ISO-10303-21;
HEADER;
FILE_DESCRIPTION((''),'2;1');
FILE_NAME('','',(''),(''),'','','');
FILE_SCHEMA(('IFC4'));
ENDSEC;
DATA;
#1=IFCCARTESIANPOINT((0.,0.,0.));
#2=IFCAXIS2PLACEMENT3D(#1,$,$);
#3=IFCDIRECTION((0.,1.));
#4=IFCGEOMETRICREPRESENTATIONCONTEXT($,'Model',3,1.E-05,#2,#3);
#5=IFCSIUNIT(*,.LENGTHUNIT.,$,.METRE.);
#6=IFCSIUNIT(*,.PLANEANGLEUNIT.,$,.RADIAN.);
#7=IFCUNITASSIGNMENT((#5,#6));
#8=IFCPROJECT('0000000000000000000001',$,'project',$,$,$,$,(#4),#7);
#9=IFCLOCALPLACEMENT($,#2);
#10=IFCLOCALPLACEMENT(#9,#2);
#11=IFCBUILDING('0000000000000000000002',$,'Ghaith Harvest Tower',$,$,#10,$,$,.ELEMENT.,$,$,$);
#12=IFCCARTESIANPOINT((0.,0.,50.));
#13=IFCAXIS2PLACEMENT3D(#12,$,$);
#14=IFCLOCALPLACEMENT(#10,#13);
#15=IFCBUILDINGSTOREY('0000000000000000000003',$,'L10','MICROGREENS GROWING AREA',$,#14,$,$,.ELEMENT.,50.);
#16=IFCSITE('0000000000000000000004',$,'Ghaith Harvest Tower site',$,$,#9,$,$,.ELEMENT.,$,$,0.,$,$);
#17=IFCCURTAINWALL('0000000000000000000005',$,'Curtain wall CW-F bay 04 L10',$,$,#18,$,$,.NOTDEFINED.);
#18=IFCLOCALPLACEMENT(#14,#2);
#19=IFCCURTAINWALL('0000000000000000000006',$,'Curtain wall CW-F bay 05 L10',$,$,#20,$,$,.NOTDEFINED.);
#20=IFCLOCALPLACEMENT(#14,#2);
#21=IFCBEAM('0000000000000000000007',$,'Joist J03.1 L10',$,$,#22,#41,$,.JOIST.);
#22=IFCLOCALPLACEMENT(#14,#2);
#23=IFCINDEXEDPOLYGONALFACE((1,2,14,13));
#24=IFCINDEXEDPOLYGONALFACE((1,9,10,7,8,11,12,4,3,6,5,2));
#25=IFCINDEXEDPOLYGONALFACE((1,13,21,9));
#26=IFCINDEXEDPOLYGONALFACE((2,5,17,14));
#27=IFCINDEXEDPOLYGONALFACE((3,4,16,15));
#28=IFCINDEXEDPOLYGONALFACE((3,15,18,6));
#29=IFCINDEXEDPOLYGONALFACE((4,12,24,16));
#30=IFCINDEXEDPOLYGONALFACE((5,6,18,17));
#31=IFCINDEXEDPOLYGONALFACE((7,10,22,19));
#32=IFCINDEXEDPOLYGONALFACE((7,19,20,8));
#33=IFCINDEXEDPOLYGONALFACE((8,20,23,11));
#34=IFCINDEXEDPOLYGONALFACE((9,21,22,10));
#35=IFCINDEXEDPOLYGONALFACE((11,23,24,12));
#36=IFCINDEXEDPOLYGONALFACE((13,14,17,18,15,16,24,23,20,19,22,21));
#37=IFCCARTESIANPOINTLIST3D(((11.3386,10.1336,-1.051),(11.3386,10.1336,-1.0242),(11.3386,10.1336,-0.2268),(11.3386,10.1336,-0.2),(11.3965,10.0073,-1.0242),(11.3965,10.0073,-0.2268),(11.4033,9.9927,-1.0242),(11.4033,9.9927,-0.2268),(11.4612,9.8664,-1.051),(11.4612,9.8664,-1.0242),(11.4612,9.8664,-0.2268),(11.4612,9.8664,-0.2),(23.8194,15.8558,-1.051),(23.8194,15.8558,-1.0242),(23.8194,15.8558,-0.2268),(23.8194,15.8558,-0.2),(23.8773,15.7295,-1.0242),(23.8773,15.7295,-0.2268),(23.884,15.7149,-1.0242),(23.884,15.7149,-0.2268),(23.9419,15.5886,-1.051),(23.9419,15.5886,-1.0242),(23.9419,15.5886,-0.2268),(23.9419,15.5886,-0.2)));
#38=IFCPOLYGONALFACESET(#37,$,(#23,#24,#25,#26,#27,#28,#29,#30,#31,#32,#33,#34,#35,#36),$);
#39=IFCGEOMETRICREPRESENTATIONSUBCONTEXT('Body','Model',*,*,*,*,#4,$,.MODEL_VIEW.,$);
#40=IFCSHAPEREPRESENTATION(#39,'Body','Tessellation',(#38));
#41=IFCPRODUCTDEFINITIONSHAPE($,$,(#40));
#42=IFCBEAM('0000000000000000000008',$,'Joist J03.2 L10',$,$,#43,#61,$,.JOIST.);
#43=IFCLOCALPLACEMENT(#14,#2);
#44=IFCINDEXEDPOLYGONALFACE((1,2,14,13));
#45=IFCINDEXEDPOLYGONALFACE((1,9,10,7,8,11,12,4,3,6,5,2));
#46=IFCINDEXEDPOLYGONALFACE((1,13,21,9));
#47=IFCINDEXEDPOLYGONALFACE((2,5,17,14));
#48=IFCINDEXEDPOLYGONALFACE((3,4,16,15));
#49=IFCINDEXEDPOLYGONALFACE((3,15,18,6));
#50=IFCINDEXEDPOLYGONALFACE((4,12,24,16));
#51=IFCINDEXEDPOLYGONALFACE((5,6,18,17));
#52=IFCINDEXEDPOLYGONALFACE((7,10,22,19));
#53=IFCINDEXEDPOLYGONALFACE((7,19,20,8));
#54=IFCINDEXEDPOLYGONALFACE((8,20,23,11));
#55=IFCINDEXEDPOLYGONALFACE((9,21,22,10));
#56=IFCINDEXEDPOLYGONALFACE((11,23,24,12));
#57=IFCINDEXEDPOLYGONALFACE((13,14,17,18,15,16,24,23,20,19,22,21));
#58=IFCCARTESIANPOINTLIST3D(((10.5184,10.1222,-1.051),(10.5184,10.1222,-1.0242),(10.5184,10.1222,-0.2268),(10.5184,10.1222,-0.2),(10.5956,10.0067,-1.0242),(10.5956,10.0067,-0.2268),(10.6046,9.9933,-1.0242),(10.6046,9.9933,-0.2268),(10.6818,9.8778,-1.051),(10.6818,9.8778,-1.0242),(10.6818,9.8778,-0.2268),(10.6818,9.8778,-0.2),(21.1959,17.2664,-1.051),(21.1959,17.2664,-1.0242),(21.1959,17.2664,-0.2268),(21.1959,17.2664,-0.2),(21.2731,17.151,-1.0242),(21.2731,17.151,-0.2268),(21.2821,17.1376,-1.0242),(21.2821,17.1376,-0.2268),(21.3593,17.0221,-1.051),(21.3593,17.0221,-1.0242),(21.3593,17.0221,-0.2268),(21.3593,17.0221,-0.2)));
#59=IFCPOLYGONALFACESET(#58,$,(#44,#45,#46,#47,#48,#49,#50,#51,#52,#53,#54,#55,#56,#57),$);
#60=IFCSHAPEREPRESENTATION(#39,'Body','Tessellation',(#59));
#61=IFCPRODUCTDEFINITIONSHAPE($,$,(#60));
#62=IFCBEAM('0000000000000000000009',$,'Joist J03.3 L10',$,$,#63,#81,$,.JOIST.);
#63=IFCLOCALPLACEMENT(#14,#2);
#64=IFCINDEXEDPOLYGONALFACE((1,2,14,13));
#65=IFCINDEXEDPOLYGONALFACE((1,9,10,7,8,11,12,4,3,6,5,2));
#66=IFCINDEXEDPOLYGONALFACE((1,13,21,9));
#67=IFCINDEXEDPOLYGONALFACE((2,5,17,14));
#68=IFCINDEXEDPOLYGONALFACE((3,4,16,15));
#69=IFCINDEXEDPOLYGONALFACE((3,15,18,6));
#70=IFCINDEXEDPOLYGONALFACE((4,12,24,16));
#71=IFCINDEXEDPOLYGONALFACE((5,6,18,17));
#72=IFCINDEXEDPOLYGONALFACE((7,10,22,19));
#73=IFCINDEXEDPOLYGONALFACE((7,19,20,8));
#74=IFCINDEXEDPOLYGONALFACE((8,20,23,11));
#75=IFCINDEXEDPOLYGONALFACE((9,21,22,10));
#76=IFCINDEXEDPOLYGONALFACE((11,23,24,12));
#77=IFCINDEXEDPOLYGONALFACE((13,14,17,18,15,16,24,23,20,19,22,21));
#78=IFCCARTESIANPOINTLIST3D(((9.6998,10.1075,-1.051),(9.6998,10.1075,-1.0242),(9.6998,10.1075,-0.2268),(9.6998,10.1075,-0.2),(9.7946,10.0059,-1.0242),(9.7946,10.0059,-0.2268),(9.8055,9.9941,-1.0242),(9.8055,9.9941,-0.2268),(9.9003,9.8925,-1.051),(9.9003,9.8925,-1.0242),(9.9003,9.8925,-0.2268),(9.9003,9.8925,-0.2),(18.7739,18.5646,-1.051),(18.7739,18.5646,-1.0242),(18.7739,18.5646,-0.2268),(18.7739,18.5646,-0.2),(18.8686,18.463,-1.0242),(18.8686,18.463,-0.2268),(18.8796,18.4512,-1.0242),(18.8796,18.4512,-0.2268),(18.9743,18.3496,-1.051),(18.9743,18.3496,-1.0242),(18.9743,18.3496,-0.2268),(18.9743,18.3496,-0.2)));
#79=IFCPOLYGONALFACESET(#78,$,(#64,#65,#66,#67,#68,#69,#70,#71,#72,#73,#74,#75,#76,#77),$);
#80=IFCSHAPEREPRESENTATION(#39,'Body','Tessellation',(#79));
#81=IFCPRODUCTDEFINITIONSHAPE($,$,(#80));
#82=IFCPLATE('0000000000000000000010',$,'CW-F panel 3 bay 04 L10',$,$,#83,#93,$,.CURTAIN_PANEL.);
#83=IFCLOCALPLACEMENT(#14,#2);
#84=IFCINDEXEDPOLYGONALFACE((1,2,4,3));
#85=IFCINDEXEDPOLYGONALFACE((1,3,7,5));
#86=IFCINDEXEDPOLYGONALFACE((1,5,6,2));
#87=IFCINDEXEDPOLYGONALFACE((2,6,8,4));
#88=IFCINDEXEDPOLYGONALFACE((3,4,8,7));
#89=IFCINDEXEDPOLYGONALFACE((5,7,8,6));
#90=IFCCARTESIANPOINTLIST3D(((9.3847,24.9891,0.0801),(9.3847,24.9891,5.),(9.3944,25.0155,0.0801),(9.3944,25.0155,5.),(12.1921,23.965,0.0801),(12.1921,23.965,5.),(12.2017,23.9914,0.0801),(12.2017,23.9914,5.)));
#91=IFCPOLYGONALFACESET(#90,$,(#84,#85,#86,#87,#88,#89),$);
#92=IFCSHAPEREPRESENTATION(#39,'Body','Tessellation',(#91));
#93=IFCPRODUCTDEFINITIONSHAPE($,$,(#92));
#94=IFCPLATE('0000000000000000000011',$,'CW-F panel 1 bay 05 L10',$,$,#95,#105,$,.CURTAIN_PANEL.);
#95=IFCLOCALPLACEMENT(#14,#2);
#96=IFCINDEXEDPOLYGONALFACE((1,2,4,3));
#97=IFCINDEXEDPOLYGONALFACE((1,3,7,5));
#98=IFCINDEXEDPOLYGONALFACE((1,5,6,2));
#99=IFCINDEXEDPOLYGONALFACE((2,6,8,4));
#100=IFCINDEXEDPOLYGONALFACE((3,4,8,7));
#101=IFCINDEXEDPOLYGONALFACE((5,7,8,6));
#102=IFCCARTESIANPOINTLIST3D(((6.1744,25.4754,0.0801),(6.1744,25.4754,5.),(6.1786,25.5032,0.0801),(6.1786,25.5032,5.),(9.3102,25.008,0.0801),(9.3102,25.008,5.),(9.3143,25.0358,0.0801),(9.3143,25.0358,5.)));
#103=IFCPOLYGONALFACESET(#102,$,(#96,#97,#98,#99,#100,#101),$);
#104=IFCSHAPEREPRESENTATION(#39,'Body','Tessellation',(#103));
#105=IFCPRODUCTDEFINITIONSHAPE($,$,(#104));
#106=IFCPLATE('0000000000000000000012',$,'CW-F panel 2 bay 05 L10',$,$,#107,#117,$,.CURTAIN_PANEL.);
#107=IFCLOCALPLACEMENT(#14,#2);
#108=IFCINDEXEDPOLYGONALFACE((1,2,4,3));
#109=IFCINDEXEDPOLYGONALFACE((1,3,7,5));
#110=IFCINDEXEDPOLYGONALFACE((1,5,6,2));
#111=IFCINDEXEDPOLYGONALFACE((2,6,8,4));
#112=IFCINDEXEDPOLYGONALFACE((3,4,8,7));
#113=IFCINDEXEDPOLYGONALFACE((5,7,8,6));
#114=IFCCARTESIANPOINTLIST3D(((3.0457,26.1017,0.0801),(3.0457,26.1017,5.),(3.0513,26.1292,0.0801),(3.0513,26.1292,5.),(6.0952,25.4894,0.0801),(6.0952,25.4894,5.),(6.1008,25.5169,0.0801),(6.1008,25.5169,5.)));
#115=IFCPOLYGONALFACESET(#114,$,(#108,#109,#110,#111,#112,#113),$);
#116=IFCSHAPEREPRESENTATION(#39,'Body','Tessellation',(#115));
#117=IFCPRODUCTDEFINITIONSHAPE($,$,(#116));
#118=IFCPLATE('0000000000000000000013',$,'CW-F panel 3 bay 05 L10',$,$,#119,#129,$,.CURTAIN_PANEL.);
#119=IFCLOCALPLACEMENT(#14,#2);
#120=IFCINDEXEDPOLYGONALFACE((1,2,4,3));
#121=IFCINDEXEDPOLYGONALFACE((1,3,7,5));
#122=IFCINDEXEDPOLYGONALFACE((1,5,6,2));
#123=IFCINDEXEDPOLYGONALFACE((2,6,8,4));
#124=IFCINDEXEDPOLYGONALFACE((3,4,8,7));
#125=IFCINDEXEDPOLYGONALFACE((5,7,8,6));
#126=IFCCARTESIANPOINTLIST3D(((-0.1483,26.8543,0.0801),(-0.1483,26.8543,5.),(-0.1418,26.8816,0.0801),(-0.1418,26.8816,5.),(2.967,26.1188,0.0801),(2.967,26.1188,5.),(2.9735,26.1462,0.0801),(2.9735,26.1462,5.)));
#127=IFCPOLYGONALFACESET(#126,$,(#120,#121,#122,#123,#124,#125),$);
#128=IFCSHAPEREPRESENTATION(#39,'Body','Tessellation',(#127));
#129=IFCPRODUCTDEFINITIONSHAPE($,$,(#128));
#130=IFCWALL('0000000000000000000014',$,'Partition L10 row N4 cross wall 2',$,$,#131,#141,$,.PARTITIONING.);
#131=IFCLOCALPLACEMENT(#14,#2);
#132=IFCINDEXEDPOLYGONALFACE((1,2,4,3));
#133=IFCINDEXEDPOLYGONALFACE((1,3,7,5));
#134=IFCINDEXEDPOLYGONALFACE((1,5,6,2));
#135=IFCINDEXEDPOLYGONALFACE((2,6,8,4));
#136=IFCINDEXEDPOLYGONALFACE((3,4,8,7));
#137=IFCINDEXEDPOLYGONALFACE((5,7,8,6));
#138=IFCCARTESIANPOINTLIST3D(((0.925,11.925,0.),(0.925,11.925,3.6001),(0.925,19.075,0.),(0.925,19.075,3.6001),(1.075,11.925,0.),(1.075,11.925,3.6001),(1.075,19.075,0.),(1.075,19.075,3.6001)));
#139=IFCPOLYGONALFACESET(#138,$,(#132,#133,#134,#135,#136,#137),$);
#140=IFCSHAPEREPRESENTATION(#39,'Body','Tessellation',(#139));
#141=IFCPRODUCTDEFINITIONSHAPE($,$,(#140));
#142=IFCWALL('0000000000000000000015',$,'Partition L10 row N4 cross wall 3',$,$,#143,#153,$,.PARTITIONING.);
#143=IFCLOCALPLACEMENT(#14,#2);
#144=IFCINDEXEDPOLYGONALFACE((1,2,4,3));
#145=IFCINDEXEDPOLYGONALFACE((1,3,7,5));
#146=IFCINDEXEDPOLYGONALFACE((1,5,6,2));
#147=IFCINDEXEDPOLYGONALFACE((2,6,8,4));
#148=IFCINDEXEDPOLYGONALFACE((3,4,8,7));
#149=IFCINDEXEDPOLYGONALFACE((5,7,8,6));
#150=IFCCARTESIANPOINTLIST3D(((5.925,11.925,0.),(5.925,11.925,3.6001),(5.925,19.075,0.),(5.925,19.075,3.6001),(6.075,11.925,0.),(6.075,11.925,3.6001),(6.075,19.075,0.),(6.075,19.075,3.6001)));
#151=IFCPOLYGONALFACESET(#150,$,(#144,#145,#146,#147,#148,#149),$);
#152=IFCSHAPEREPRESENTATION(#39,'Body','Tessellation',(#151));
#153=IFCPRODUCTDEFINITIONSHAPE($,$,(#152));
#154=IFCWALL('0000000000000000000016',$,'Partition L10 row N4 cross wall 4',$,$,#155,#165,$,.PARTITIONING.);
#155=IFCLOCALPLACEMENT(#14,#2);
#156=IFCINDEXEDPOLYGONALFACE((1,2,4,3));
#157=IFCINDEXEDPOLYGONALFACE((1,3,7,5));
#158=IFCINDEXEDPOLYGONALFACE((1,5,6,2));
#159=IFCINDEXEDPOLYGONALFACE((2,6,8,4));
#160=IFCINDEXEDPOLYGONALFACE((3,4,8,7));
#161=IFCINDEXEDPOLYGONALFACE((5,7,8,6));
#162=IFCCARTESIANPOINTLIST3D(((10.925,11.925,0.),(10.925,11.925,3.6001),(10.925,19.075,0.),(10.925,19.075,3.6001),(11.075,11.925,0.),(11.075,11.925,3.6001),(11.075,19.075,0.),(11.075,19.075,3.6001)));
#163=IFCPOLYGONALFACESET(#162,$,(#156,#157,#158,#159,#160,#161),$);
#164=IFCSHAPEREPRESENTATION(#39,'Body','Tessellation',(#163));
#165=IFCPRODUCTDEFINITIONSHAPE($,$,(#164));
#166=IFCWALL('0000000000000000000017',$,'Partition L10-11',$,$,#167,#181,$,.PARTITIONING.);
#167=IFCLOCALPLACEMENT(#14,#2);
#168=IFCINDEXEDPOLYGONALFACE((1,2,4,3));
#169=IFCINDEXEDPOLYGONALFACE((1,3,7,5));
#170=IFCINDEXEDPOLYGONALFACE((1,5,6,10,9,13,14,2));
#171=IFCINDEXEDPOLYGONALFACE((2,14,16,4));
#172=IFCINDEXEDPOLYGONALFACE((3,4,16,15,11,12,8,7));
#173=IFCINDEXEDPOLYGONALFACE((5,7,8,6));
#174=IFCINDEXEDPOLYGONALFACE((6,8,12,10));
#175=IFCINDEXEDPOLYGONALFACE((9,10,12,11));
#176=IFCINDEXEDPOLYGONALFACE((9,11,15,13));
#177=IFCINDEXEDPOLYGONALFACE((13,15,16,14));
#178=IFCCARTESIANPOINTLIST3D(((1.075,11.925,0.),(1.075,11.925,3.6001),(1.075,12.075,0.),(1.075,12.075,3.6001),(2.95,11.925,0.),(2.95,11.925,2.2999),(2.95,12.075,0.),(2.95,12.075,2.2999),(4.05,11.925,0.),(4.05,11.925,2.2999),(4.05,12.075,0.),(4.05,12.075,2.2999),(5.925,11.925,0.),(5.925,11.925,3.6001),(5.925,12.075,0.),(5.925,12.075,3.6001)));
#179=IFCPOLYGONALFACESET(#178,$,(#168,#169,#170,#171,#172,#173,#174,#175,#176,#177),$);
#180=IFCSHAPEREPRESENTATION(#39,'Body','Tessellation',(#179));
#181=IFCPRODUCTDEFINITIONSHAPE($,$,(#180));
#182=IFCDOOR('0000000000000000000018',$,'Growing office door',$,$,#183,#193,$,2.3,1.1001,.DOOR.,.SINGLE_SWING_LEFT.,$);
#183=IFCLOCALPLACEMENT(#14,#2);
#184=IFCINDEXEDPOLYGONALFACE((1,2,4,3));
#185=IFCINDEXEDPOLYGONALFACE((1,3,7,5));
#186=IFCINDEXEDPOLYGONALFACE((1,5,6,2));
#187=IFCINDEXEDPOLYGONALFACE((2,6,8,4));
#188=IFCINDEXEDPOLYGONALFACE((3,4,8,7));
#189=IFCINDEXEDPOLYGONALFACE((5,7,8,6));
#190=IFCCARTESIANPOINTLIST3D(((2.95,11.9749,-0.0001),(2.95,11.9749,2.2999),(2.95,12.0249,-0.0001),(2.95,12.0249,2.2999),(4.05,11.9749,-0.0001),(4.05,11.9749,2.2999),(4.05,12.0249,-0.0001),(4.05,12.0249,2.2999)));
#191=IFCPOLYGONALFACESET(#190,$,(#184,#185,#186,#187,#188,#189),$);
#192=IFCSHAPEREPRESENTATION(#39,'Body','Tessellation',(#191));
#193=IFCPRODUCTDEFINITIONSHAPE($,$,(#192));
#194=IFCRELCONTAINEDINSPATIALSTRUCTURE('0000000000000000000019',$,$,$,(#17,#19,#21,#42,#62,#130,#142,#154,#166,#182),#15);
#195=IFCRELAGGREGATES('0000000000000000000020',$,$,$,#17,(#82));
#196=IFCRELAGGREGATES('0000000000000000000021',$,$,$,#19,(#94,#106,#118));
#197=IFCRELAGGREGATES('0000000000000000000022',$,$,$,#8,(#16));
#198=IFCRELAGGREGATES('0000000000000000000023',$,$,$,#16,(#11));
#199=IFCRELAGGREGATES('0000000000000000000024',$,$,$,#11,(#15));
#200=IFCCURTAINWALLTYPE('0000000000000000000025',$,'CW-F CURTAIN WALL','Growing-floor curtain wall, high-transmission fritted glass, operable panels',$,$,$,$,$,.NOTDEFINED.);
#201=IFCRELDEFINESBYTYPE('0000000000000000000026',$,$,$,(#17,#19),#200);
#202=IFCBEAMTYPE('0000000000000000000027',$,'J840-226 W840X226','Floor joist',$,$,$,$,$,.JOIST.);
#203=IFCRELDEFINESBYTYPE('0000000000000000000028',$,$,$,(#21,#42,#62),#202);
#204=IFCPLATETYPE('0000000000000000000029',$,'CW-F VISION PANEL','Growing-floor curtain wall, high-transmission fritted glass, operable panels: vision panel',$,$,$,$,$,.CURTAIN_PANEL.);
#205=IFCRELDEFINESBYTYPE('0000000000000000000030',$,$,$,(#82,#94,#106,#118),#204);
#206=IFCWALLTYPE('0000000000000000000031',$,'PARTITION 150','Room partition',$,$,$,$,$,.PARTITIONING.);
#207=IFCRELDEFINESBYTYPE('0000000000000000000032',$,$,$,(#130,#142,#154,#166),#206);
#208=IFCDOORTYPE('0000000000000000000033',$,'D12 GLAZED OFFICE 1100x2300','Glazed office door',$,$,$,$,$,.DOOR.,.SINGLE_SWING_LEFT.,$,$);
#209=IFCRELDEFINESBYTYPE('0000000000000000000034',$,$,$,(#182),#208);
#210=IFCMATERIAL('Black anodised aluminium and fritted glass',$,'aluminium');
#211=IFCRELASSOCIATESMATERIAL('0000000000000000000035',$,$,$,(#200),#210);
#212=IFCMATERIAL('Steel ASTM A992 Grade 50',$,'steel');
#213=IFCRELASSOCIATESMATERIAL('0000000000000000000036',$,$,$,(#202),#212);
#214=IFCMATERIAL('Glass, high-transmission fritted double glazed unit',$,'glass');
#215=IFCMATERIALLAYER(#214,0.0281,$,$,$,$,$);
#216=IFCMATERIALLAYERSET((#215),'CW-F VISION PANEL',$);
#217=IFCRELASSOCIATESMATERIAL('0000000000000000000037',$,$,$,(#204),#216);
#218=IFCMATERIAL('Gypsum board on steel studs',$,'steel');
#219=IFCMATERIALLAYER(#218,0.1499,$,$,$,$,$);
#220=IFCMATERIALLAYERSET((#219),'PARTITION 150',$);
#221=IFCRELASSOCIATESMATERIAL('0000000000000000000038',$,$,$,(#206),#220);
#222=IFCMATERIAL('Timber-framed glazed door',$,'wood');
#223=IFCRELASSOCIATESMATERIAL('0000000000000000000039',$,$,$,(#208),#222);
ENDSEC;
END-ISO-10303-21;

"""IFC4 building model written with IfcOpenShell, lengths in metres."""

from ifc_helpers import new_model, si_unit, direction, frame, frame_2d, origin, origin_2d, place, context, subcontext, project, spatial, rectangle, i_section, extrude, material, layer, layer_set, material_profile, profile_set, type_object, element, fill, aggregate, save


model = new_model("IFC4")

# Units and contexts
model_context = context("Model", 3, precision=1e-05, world=origin(), true_north=direction((0.0, 1.0)))
body_context = subcontext(model_context, "Body", "Model", "MODEL_VIEW")
ifc_project = project(units=[si_unit("LENGTHUNIT", "METRE"), si_unit("PLANEANGLEUNIT", "RADIAN")], contexts=[model_context])

# Site, building, storey
site_placement = place(None, origin())
site = spatial("IfcSite", under=ifc_project, at=site_placement, Name="Ghaith Harvest Tower site", CompositionType="ELEMENT", RefElevation=0.0)
building_placement = place(site_placement, origin())
building = spatial("IfcBuilding", under=site, at=building_placement, Name="Ghaith Harvest Tower", CompositionType="ELEMENT")
storey_placement = place(building_placement, frame((0.0, 0.0, 50.0)))
storey = spatial("IfcBuildingStorey", under=building, at=storey_placement, Name="L10", Description="MICROGREENS GROWING AREA", CompositionType="ELEMENT", Elevation=50.0)

# Curtain wall
ifc_material_1 = material(Name="Black anodised aluminium and fritted glass", Category="aluminium")
curtain_wall_type = type_object("IfcCurtainWallType", Name="CW-F CURTAIN WALL", Description="Growing-floor curtain wall, high-transmission fritted glass, operable panels", PredefinedType="NOTDEFINED", material=ifc_material_1)
curtain_wall_1_placement = place(storey_placement, origin())
curtain_wall_1 = element("IfcCurtainWall", 1, at=curtain_wall_1_placement, inside=storey, type_object=curtain_wall_type, Name="Curtain wall CW-F bay 04 L10", PredefinedType="NOTDEFINED")

# Curtain wall
curtain_wall_2_placement = place(storey_placement, origin())
curtain_wall_2 = element("IfcCurtainWall", 2, at=curtain_wall_2_placement, inside=storey, type_object=curtain_wall_type, Name="Curtain wall CW-F bay 05 L10", PredefinedType="NOTDEFINED")

# Beams
ifc_material_2 = material(Name="Steel ASTM A992 Grade 50", Category="steel")
ifc_material_profile_1 = material_profile(ifc_material_2, i_section(OverallWidth=0.2939, OverallDepth=0.8511, WebThickness=0.0161, FlangeThickness=0.0269, at=origin_2d()), Name="W840X226")
ifc_profile_set_1 = profile_set([ifc_material_profile_1], Name="Steel ASTM A992 Grade 50")
beam_type_1 = type_object("IfcBeamType", Name="J840-226 W840X226", Description="Floor joist", PredefinedType="JOIST", material=ifc_profile_set_1)
beam_1_placement = place(storey_placement, frame((11.3999, 10.0, -0.6255), z_axis=(0.909014, 0.416766, 0.0), x_axis=(-0.416766, 0.909014, 0.0)))
element("IfcBeam", 3, at=beam_1_placement, inside=storey, type_object=beam_type_1, Name="Joist J03.1 L10", PredefinedType="JOIST", context=body_context, shape_type="SweptSolid", body=[
    extrude(i_section(OverallWidth=0.2939, OverallDepth=0.8511, WebThickness=0.0161, FlangeThickness=0.0269, at=origin_2d()), origin(), (0.0, 0.0, 1.0), 13.73),
])
beam_2_placement = place(storey_placement, frame((10.6001, 10.0, -0.6255), z_axis=(0.831116, 0.556098, 0.0), x_axis=(-0.556098, 0.831116, 0.0)))
element("IfcBeam", 4, at=beam_2_placement, inside=storey, type_object=beam_type_1, Name="Joist J03.2 L10", PredefinedType="JOIST", context=body_context, shape_type="SweptSolid", body=[
    extrude(i_section(OverallWidth=0.2939, OverallDepth=0.8511, WebThickness=0.0161, FlangeThickness=0.0269, at=origin_2d()), origin(), (0.0, 0.0, 1.0), 12.8472),
])
beam_3_placement = place(storey_placement, frame((9.8, 10.0, -0.6255), z_axis=(0.731538, 0.681801, 0.0), x_axis=(-0.681801, 0.731538, 0.0)))
element("IfcBeam", 5, at=beam_3_placement, inside=storey, type_object=beam_type_1, Name="Joist J03.3 L10", PredefinedType="JOIST", context=body_context, shape_type="SweptSolid", body=[
    extrude(i_section(OverallWidth=0.2939, OverallDepth=0.8511, WebThickness=0.0161, FlangeThickness=0.0269, at=origin_2d()), origin(), (0.0, 0.0, 1.0), 12.4041),
])

# Plates
ifc_material_3 = material(Name="Glass, high-transmission fritted double glazed unit", Category="glass")
ifc_layer_1 = layer(ifc_material_3, 0.0281)
ifc_layer_set_1 = layer_set([ifc_layer_1], Name="CW-F VISION PANEL")
plate_type = type_object("IfcPlateType", Name="CW-F VISION PANEL", Description="Growing-floor curtain wall, high-transmission fritted glass, operable panels: vision panel", PredefinedType="CURTAIN_PANEL", material=ifc_layer_set_1)
plate_1_placement = place(storey_placement, frame((10.7932, 24.4902, 0.0801), z_axis=(0.0, 0.0, 1.0), x_axis=(-0.939438, 0.342718, 0.0)))
plate_1 = element("IfcPlate", 6, at=plate_1_placement, type_object=plate_type, Name="CW-F panel 3 bay 04 L10", PredefinedType="CURTAIN_PANEL", context=body_context, shape_type="SweptSolid", body=[
    extrude(rectangle(XDim=2.9883, YDim=0.0281, at=origin_2d()), origin(), (0.0, 0.0, 1.0), 4.9199),
])
aggregate(curtain_wall_1, [plate_1])
plate_2_placement = place(storey_placement, frame((7.7444, 25.2556, 0.0801), z_axis=(0.0, 0.0, 1.0), x_axis=(-0.989074, 0.147418, 0.0)))
plate_2 = element("IfcPlate", 7, at=plate_2_placement, type_object=plate_type, Name="CW-F panel 1 bay 05 L10", PredefinedType="CURTAIN_PANEL", context=body_context, shape_type="SweptSolid", body=[
    extrude(rectangle(XDim=3.1704, YDim=0.0281, at=origin_2d()), origin(), (0.0, 0.0, 1.0), 4.9199),
])
plate_3_placement = place(storey_placement, frame((4.5732, 25.8093, 0.0801), z_axis=(0.0, 0.0, 1.0), x_axis=(-0.980432, 0.196856, 0.0)))
plate_3 = element("IfcPlate", 8, at=plate_3_placement, type_object=plate_type, Name="CW-F panel 2 bay 05 L10", PredefinedType="CURTAIN_PANEL", context=body_context, shape_type="SweptSolid", body=[
    extrude(rectangle(XDim=3.1104, YDim=0.0281, at=origin_2d()), origin(), (0.0, 0.0, 1.0), 4.9199),
])
plate_4_placement = place(storey_placement, frame((1.4126, 26.5002, 0.0801), z_axis=(0.0, 0.0, 1.0), x_axis=(-0.973246, 0.229766, 0.0)))
plate_4 = element("IfcPlate", 9, at=plate_4_placement, type_object=plate_type, Name="CW-F panel 3 bay 05 L10", PredefinedType="CURTAIN_PANEL", context=body_context, shape_type="SweptSolid", body=[
    extrude(rectangle(XDim=3.2009, YDim=0.0281, at=origin_2d()), origin(), (0.0, 0.0, 1.0), 4.9199),
])
aggregate(curtain_wall_2, [plate_2, plate_3, plate_4])

# Walls
ifc_material_4 = material(Name="Gypsum board on steel studs", Category="steel")
ifc_layer_2 = layer(ifc_material_4, 0.1499)
ifc_layer_set_2 = layer_set([ifc_layer_2], Name="PARTITION 150")
wall_type = type_object("IfcWallType", Name="PARTITION 150", Description="Room partition", PredefinedType="PARTITIONING", material=ifc_layer_set_2)
for number, where, z_axis, x_axis, name in (
    (10, (1.0, 11.925, 0.0), (0.0, 0.0, 1.0), (0.0, 1.0, 0.0), "Partition L10 row N4 cross wall 2"),
    (11, (6.0, 11.925, 0.0), (0.0, 0.0, 1.0), (0.0, 1.0, 0.0), "Partition L10 row N4 cross wall 3"),
    (12, (11.0, 11.925, 0.0), (0.0, 0.0, 1.0), (0.0, 1.0, 0.0), "Partition L10 row N4 cross wall 4"),
):
    element("IfcWall", number, at=place(storey_placement, frame(where, z_axis=z_axis, x_axis=x_axis)), inside=storey, type_object=wall_type, Name=name, PredefinedType="PARTITIONING", context=body_context, shape_type="SweptSolid", body=[
        extrude(rectangle(XDim=7.1499, YDim=0.1499, at=frame_2d((3.575, 0.0))), origin(), (0.0, 0.0, 1.0), 3.6001),
    ])

# Wall, opening, door
wall_1_placement = place(storey_placement, frame((1.075, 12.0, 0.0), z_axis=(0.0, 0.0, 1.0), x_axis=(1.0, 0.0, 0.0)))
wall_1 = element("IfcWall", 13, at=wall_1_placement, inside=storey, type_object=wall_type, Name="Partition L10-11", PredefinedType="PARTITIONING", context=body_context, shape_type="SweptSolid", body=[
    extrude(rectangle(XDim=4.8501, YDim=0.1499, at=frame_2d((2.425, 0.0))), origin(), (0.0, 0.0, 1.0), 3.6001),
])
opening_1_placement = place(wall_1_placement, frame((1.875, 0.0, 0.0)))
opening_1 = element("IfcOpeningElement", 14, at=opening_1_placement, cuts=wall_1, PredefinedType="OPENING", context=body_context, shape_type="SweptSolid", body=[
    extrude(rectangle(XDim=1.1001, YDim=2.3, at=frame_2d((0.55, 1.1499))), frame((0.0, 0.085, 0.0), z_axis=(0.0, -1.0, 0.0), x_axis=(1.0, 0.0, 0.0)), (0.0, 0.0, 1.0), 0.1699),
])
ifc_material_5 = material(Name="Timber-framed glazed door", Category="wood")
door_type_1 = type_object("IfcDoorType", Name="D12 GLAZED OFFICE 1100x2300", Description="Glazed office door", OperationType="SINGLE_SWING_LEFT", PredefinedType="DOOR", material=ifc_material_5)
door_1_placement = place(opening_1_placement, origin())
door_1 = element("IfcDoor", 15, at=door_1_placement, inside=storey, type_object=door_type_1, Name="Growing office door", OperationType="SINGLE_SWING_LEFT", OverallHeight=2.3, OverallWidth=1.1001, PredefinedType="DOOR", context=body_context, shape_type="SweptSolid", body=[
    extrude(rectangle(XDim=1.1001, YDim=2.3, at=frame_2d((0.55, 1.1499))), frame((0.0, 0.0249, 0.0), z_axis=(0.0, -1.0, 0.0), x_axis=(1.0, 0.0, 0.0)), (0.0, 0.0, 1.0), 0.05),
])
fill(opening_1, door_1)

save(model, "model.ifc")
